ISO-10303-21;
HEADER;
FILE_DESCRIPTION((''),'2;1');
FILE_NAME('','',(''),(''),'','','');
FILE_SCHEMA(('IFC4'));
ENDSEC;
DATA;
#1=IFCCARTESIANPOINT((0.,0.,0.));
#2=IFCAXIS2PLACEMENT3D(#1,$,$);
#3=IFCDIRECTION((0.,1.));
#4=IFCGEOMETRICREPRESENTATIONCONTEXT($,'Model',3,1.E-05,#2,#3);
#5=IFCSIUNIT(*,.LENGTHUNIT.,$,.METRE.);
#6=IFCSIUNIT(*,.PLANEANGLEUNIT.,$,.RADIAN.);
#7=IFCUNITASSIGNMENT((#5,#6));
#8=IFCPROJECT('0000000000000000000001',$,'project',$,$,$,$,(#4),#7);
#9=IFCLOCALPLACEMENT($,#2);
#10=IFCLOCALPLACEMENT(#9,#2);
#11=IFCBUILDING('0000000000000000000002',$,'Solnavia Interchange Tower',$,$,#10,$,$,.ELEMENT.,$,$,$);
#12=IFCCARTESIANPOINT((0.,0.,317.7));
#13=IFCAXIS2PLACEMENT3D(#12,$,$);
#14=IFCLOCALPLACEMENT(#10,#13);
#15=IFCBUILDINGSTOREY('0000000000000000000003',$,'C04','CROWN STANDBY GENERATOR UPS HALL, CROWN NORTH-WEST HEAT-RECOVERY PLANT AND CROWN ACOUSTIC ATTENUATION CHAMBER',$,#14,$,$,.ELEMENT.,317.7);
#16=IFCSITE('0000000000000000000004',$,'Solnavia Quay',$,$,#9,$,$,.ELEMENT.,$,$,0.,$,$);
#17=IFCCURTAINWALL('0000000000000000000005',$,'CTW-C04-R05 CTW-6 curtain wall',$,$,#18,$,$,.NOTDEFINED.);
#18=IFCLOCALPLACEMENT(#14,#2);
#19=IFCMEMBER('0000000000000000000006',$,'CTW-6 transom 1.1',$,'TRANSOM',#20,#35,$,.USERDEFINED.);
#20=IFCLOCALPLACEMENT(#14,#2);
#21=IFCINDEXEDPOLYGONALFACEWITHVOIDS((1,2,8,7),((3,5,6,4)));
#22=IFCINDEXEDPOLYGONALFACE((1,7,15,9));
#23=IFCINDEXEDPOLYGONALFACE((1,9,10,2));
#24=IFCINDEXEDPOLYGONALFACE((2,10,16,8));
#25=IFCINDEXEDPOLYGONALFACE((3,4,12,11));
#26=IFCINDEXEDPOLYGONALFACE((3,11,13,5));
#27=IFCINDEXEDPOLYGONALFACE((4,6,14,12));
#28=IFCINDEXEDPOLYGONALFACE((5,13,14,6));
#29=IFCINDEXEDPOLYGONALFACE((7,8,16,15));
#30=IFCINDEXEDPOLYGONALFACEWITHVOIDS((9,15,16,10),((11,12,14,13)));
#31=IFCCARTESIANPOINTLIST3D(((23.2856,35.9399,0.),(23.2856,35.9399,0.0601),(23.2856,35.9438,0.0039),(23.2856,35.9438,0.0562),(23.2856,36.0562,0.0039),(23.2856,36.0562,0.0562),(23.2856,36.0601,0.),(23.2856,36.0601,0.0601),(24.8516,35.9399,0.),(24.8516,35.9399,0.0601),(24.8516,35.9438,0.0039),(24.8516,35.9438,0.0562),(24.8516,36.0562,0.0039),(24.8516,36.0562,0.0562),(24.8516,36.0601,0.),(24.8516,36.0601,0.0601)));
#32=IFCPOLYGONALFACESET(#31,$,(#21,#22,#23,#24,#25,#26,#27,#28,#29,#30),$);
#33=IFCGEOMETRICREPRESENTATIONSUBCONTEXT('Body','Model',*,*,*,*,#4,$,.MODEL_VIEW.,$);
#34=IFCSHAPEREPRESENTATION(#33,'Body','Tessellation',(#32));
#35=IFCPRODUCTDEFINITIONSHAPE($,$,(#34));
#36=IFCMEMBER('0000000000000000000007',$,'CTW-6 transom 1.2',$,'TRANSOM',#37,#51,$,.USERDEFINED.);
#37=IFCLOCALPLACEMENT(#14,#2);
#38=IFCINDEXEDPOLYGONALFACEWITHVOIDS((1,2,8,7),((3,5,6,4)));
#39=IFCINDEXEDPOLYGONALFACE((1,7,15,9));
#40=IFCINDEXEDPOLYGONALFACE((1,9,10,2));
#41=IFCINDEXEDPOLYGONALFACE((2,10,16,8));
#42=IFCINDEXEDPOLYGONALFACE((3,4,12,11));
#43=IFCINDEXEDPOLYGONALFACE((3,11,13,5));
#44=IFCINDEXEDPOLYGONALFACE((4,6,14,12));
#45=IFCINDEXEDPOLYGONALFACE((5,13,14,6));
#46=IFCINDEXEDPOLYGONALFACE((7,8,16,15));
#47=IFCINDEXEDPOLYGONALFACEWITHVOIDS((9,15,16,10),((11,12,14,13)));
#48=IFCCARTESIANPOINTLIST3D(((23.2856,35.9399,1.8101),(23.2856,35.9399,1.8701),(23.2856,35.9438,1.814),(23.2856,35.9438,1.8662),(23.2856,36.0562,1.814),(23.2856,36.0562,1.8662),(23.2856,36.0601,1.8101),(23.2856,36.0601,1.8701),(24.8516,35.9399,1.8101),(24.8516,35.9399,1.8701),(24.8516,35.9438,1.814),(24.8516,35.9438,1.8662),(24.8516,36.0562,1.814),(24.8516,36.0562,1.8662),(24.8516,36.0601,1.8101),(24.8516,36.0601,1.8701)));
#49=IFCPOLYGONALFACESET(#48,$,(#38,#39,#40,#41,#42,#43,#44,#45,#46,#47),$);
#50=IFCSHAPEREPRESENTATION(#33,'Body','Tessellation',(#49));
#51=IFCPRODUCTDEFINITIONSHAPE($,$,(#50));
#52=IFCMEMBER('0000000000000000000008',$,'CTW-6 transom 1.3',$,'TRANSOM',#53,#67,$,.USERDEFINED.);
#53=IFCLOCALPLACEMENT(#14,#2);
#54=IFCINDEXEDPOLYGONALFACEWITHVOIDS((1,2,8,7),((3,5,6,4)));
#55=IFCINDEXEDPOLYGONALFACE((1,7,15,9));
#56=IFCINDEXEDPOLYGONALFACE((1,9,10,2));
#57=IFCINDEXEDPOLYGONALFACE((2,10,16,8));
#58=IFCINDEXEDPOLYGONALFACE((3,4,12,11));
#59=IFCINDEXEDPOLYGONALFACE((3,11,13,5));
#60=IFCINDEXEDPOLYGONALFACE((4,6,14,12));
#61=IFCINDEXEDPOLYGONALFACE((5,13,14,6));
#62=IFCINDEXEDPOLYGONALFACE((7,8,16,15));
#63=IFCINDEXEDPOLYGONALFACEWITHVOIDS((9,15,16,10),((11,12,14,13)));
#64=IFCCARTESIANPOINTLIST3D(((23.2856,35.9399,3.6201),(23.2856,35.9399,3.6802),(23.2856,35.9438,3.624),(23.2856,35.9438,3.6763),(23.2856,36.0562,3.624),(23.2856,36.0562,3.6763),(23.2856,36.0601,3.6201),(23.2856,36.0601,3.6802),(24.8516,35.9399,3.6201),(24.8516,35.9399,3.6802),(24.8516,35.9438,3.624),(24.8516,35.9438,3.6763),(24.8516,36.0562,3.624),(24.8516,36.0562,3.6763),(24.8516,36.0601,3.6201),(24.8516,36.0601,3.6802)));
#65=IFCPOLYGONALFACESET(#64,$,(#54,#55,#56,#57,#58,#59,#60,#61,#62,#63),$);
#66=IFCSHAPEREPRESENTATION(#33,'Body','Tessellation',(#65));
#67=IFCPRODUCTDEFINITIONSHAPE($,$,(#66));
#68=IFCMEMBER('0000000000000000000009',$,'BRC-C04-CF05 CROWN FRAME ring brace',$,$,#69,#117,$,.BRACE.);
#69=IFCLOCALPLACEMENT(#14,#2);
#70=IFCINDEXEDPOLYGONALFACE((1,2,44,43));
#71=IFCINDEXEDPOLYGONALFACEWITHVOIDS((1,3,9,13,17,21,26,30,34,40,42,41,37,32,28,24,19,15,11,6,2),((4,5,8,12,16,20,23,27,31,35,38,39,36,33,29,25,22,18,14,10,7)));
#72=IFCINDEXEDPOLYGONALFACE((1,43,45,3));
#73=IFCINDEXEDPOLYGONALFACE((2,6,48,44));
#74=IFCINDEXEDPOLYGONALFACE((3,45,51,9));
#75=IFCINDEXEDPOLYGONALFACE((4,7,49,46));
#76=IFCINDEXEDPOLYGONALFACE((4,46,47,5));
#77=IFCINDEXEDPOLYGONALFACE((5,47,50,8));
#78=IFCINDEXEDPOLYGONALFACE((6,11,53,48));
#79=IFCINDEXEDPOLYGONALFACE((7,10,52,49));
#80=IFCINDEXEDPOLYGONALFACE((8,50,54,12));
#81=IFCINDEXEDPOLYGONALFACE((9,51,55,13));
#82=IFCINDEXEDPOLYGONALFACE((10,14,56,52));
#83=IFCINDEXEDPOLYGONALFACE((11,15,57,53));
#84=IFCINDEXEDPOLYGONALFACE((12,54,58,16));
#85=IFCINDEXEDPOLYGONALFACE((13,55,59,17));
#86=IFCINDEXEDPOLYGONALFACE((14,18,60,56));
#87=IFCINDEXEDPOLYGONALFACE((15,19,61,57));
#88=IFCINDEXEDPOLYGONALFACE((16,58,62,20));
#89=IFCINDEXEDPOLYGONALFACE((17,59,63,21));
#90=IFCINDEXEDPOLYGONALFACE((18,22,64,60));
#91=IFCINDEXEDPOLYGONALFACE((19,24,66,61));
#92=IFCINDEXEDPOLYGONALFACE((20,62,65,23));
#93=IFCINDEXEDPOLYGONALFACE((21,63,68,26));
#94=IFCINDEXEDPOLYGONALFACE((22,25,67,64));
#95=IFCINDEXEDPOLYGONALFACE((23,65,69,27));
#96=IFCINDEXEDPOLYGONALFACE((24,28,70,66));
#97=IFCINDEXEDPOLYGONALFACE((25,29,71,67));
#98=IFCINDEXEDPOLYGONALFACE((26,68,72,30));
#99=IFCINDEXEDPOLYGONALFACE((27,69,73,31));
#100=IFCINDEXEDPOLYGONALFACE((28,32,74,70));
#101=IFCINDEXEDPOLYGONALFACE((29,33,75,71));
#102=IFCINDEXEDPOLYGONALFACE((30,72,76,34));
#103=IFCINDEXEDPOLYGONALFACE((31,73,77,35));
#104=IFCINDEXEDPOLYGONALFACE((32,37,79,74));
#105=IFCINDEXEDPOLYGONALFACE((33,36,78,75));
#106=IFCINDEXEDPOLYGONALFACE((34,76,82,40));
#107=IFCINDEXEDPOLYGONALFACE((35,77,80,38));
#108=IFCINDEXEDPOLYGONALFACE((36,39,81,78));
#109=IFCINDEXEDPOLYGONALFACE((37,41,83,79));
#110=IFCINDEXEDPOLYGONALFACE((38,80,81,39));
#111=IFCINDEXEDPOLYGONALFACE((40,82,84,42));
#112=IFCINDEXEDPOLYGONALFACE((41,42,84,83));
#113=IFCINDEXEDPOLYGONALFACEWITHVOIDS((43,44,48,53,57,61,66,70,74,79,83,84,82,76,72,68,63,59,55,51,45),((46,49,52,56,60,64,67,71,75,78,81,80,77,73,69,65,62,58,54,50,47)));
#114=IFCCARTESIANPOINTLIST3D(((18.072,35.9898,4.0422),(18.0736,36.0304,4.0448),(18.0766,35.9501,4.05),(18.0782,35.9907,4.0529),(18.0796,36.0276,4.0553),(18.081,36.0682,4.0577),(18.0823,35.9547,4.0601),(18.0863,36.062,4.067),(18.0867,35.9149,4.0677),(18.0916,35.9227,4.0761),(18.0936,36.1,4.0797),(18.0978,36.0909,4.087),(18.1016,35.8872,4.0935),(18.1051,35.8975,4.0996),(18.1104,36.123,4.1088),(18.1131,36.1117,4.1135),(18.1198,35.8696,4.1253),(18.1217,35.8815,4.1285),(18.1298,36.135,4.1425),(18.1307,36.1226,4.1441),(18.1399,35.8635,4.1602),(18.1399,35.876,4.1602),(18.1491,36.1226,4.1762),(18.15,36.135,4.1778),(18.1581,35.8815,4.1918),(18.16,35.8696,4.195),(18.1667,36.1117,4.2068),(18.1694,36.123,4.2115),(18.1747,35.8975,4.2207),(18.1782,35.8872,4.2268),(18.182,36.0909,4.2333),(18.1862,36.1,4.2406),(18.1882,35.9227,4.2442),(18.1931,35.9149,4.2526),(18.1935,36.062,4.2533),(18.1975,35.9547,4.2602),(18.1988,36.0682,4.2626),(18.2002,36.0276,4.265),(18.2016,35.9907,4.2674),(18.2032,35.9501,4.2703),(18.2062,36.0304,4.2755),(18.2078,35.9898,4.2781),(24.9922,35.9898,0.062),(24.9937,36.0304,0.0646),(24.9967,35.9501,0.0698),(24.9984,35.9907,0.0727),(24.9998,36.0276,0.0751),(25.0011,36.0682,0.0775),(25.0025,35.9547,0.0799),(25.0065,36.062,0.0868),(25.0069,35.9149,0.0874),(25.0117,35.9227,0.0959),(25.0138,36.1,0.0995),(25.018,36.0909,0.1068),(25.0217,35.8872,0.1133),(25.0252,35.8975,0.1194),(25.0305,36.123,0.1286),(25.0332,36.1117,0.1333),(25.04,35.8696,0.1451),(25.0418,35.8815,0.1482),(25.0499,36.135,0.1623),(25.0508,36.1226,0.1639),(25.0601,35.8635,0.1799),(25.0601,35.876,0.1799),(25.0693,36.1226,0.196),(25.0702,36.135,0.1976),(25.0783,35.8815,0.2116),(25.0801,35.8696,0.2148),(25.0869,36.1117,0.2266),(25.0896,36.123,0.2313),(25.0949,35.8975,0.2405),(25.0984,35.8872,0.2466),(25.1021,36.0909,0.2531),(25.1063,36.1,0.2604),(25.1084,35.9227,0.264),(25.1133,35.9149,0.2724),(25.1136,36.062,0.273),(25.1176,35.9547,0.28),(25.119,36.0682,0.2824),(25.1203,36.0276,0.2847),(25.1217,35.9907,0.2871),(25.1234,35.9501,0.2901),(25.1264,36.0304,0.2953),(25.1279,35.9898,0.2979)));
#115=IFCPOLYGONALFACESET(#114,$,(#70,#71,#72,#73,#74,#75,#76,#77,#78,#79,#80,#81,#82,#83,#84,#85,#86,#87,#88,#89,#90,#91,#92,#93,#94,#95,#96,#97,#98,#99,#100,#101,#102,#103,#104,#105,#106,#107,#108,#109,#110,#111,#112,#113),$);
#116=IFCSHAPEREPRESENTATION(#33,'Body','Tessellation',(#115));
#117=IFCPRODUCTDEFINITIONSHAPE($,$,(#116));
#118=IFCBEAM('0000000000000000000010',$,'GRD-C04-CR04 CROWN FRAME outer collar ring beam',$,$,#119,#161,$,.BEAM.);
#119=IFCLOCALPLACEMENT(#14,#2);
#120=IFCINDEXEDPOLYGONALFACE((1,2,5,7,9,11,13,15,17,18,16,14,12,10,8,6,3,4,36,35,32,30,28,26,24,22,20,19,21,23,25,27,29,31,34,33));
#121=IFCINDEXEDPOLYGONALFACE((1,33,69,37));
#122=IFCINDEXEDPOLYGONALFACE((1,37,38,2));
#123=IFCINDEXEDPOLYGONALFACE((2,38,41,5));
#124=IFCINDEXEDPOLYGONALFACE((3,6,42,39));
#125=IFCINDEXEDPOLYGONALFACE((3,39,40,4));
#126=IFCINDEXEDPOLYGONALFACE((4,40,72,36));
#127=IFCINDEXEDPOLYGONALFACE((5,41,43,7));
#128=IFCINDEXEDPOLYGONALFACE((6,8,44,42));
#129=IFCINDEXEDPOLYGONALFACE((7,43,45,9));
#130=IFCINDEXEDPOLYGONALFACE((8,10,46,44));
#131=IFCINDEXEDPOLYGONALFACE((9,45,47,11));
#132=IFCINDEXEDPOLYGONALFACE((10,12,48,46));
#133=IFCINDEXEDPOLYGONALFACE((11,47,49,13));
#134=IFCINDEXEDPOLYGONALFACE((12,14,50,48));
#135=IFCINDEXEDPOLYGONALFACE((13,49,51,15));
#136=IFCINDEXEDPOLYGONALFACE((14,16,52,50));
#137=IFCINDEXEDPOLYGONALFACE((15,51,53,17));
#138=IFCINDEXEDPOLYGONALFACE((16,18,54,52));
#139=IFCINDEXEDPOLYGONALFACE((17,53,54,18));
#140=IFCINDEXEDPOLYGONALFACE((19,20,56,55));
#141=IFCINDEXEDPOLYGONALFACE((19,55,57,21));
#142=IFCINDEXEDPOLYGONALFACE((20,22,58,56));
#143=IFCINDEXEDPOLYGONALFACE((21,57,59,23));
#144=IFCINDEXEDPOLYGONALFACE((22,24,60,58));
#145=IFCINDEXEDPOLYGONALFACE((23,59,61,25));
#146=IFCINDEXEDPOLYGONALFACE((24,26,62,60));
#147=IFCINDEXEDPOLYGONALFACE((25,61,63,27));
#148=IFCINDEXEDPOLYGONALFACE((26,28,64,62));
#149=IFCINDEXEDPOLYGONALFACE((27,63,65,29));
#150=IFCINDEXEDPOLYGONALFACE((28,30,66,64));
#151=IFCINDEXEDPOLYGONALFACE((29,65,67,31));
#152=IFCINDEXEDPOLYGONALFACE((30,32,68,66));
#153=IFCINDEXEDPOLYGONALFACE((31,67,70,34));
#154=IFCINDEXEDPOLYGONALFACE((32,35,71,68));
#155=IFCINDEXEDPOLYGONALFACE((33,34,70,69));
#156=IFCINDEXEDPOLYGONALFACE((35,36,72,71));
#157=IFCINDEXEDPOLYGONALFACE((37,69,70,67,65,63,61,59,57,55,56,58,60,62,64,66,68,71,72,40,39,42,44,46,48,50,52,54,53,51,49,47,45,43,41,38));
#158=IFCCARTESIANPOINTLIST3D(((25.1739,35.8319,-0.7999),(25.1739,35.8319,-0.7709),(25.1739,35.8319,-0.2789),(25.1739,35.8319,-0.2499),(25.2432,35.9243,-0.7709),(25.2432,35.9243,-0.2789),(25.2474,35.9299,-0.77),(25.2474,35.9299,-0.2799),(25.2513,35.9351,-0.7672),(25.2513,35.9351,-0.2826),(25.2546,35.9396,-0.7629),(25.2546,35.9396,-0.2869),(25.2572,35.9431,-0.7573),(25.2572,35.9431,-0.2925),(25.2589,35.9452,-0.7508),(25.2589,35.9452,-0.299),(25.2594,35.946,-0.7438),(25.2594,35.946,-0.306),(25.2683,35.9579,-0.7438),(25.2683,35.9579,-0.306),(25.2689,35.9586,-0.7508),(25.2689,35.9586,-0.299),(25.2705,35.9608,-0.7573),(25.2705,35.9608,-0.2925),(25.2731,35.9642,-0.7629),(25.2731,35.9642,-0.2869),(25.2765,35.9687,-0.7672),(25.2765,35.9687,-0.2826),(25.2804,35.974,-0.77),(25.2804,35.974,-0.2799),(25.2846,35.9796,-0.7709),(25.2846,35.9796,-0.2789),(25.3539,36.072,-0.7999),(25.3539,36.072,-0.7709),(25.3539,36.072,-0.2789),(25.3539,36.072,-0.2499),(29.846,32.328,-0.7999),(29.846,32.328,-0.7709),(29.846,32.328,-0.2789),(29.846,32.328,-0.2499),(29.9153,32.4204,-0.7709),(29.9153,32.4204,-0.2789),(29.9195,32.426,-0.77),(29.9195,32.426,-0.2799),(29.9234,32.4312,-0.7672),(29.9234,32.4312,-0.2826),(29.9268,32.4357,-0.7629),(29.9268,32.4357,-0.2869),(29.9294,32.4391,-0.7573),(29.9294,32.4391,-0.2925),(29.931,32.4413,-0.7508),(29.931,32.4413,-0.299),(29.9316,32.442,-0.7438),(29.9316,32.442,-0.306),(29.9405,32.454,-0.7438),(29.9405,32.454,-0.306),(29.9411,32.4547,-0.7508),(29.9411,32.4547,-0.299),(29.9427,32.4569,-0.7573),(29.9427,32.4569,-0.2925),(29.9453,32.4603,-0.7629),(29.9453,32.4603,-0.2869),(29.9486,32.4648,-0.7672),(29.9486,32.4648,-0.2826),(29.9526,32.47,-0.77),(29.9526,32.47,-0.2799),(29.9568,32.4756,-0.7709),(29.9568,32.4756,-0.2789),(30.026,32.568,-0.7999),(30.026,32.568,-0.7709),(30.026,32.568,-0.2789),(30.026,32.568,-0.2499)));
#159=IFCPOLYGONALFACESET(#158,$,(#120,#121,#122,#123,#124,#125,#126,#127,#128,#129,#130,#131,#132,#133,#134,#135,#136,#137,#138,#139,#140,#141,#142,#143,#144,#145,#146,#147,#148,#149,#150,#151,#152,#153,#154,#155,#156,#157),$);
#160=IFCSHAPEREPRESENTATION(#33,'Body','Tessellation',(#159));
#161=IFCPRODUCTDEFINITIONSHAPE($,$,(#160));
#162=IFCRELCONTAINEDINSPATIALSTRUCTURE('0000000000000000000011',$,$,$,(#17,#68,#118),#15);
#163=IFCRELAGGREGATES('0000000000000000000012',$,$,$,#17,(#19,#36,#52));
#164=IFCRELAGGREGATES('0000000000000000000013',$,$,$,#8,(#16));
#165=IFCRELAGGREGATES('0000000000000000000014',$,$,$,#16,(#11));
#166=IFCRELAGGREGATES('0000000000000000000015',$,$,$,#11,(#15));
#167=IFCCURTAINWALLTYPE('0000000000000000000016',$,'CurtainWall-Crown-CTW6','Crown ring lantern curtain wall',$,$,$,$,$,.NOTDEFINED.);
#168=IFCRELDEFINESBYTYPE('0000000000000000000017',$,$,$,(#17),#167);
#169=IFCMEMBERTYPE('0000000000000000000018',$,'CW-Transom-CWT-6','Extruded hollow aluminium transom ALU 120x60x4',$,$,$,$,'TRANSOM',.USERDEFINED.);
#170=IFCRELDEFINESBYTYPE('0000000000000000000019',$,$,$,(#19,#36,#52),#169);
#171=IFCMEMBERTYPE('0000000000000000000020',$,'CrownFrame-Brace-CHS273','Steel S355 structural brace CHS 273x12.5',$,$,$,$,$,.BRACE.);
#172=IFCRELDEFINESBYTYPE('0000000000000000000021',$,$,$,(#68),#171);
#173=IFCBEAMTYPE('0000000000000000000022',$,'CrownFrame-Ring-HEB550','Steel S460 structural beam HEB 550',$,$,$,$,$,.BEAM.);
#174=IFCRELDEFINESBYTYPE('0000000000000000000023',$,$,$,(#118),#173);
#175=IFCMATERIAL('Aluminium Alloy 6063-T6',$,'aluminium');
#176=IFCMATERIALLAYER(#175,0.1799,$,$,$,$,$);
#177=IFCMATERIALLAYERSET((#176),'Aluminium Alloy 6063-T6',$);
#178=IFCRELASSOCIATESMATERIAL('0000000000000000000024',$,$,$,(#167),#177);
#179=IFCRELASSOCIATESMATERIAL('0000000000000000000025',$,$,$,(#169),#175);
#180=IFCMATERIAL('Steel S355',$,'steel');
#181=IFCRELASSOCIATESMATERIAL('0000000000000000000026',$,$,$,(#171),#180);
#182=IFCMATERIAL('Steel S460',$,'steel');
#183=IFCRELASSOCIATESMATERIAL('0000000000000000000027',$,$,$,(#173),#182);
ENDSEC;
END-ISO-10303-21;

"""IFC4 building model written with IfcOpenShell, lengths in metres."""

from ifc_helpers import new_model, si_unit, direction, frame, origin, origin_2d, place, context, subcontext, project, spatial, hollow_rectangle, hollow_circle, i_section, extrude, material, layer, layer_set, material_profile, profile_set, type_object, element, aggregate, save


model = new_model("IFC4")

# Units and contexts
model_context = context("Model", 3, precision=1e-05, world=origin(), true_north=direction((0.0, 1.0)))
body_context = subcontext(model_context, "Body", "Model", "MODEL_VIEW")
ifc_project = project(units=[si_unit("LENGTHUNIT", "METRE"), si_unit("PLANEANGLEUNIT", "RADIAN")], contexts=[model_context])

# Site, building, storey
site_placement = place(None, origin())
site = spatial("IfcSite", under=ifc_project, at=site_placement, Name="Solnavia Quay", CompositionType="ELEMENT", RefElevation=0.0)
building_placement = place(site_placement, origin())
building = spatial("IfcBuilding", under=site, at=building_placement, Name="Solnavia Interchange Tower", CompositionType="ELEMENT")
storey_placement = place(building_placement, frame((0.0, 0.0, 317.7)))
storey = spatial("IfcBuildingStorey", under=building, at=storey_placement, Name="C04", Description="CROWN STANDBY GENERATOR UPS HALL, CROWN NORTH-WEST HEAT-RECOVERY PLANT AND CROWN ACOUSTIC ATTENUATION CHAMBER", CompositionType="ELEMENT", Elevation=317.7)

# Shared definitions
ifc_material_1 = material(Name="Steel S460", Category="steel")

# Shared definitions
ifc_material_2 = material(Name="Aluminium Alloy 6063-T6", Category="aluminium")
ifc_layer_1 = layer(ifc_material_2, 0.1799)
ifc_layer_set_1 = layer_set([ifc_layer_1], Name="Aluminium Alloy 6063-T6")
curtain_wall_type = type_object("IfcCurtainWallType", Name="CurtainWall-Crown-CTW6", Description="Crown ring lantern curtain wall", PredefinedType="NOTDEFINED", material=ifc_layer_set_1)

# Curtain wall
curtain_wall_1_placement = place(storey_placement, origin())
curtain_wall_1 = element("IfcCurtainWall", 1, at=curtain_wall_1_placement, inside=storey, type_object=curtain_wall_type, Name="CTW-C04-R05 CTW-6 curtain wall", PredefinedType="NOTDEFINED")

# Members
ifc_material_profile_1 = material_profile(ifc_material_2, hollow_rectangle(XDim=0.0601, YDim=0.1201, WallThickness=0.0039, at=origin_2d()), Name="ALU 120x60x4")
ifc_profile_set_1 = profile_set([ifc_material_profile_1], Name="Aluminium Alloy 6063-T6")
member_type_1 = type_object("IfcMemberType", Name="CW-Transom-CWT-6", Description="Extruded hollow aluminium transom ALU 120x60x4", ElementType="TRANSOM", PredefinedType="USERDEFINED", material=ifc_profile_set_1)
member_1_placement = place(storey_placement, frame((24.8516, 36.0, 0.03), z_axis=(-1.0, 0.0, 0.0), x_axis=(0.0, 0.0, 1.0)))
member_1 = element("IfcMember", 2, at=member_1_placement, type_object=member_type_1, Name="CTW-6 transom 1.1", ObjectType="TRANSOM", PredefinedType="USERDEFINED", context=body_context, shape_type="SweptSolid", body=[
    extrude(hollow_rectangle(XDim=0.0601, YDim=0.1201, WallThickness=0.0039, at=origin_2d()), origin(), (0.0, 0.0, 1.0), 1.5659),
])
member_2_placement = place(storey_placement, frame((24.8516, 36.0, 1.8401), z_axis=(-1.0, 0.0, 0.0), x_axis=(0.0, 0.0, 1.0)))
member_2 = element("IfcMember", 3, at=member_2_placement, type_object=member_type_1, Name="CTW-6 transom 1.2", ObjectType="TRANSOM", PredefinedType="USERDEFINED", context=body_context, shape_type="SweptSolid", body=[
    extrude(hollow_rectangle(XDim=0.0601, YDim=0.1201, WallThickness=0.0039, at=origin_2d()), origin(), (0.0, 0.0, 1.0), 1.5659),
])
member_3_placement = place(storey_placement, frame((24.8516, 36.0, 3.6501), z_axis=(-1.0, 0.0, 0.0), x_axis=(0.0, 0.0, 1.0)))
member_3 = element("IfcMember", 4, at=member_3_placement, type_object=member_type_1, Name="CTW-6 transom 1.3", ObjectType="TRANSOM", PredefinedType="USERDEFINED", context=body_context, shape_type="SweptSolid", body=[
    extrude(hollow_rectangle(XDim=0.0601, YDim=0.1201, WallThickness=0.0039, at=origin_2d()), origin(), (0.0, 0.0, 1.0), 1.5659),
])
ifc_material_3 = material(Name="Steel S355", Category="steel")
ifc_material_profile_2 = material_profile(ifc_material_3, hollow_circle(Radius=0.1365, WallThickness=0.0125, at=origin_2d()), Name="CHS 273x12.5")
ifc_profile_set_2 = profile_set([ifc_material_profile_2], Name="Steel S355")
member_type_2 = type_object("IfcMemberType", Name="CrownFrame-Brace-CHS273", Description="Steel S355 structural brace CHS 273x12.5", PredefinedType="BRACE", material=ifc_profile_set_2)
member_4_placement = place(storey_placement, frame((25.0601, 36.0, 0.1799), z_axis=(-0.866845, 0.0, 0.498577), x_axis=(0.0, -1.0, 0.0)))
element("IfcMember", 5, at=member_4_placement, inside=storey, type_object=member_type_2, Name="BRC-C04-CF05 CROWN FRAME ring brace", PredefinedType="BRACE", context=body_context, shape_type="SweptSolid", body=[
    extrude(hollow_circle(Radius=0.1365, WallThickness=0.0125, at=origin_2d()), origin(), (0.0, 0.0, 1.0), 7.9832),
])

# Beam
ifc_material_profile_3 = material_profile(ifc_material_1, i_section(OverallWidth=0.3, OverallDepth=0.55, WebThickness=0.0149, FlangeThickness=0.0291, FilletRadius=0.0271, at=origin_2d()), Name="HEB 550")
ifc_profile_set_3 = profile_set([ifc_material_profile_3], Name="Steel S460")
beam_type = type_object("IfcBeamType", Name="CrownFrame-Ring-HEB550", Description="Steel S460 structural beam HEB 550", PredefinedType="BEAM", material=ifc_profile_set_3)
beam_1_placement = place(storey_placement, frame((29.936, 32.448, -0.5249), z_axis=(-0.800015, 0.59998, 0.0), x_axis=(-0.59998, -0.800015, 0.0)))
element("IfcBeam", 6, at=beam_1_placement, inside=storey, type_object=beam_type, Name="GRD-C04-CR04 CROWN FRAME outer collar ring beam", PredefinedType="BEAM", context=body_context, shape_type="SweptSolid", body=[
    extrude(i_section(OverallWidth=0.3, OverallDepth=0.55, WebThickness=0.0149, FlangeThickness=0.0291, FilletRadius=0.0271, at=origin_2d()), origin(), (0.0, 0.0, 1.0), 5.8401),
])

aggregate(curtain_wall_1, [member_1, member_2, member_3])

save(model, "model.ifc")
